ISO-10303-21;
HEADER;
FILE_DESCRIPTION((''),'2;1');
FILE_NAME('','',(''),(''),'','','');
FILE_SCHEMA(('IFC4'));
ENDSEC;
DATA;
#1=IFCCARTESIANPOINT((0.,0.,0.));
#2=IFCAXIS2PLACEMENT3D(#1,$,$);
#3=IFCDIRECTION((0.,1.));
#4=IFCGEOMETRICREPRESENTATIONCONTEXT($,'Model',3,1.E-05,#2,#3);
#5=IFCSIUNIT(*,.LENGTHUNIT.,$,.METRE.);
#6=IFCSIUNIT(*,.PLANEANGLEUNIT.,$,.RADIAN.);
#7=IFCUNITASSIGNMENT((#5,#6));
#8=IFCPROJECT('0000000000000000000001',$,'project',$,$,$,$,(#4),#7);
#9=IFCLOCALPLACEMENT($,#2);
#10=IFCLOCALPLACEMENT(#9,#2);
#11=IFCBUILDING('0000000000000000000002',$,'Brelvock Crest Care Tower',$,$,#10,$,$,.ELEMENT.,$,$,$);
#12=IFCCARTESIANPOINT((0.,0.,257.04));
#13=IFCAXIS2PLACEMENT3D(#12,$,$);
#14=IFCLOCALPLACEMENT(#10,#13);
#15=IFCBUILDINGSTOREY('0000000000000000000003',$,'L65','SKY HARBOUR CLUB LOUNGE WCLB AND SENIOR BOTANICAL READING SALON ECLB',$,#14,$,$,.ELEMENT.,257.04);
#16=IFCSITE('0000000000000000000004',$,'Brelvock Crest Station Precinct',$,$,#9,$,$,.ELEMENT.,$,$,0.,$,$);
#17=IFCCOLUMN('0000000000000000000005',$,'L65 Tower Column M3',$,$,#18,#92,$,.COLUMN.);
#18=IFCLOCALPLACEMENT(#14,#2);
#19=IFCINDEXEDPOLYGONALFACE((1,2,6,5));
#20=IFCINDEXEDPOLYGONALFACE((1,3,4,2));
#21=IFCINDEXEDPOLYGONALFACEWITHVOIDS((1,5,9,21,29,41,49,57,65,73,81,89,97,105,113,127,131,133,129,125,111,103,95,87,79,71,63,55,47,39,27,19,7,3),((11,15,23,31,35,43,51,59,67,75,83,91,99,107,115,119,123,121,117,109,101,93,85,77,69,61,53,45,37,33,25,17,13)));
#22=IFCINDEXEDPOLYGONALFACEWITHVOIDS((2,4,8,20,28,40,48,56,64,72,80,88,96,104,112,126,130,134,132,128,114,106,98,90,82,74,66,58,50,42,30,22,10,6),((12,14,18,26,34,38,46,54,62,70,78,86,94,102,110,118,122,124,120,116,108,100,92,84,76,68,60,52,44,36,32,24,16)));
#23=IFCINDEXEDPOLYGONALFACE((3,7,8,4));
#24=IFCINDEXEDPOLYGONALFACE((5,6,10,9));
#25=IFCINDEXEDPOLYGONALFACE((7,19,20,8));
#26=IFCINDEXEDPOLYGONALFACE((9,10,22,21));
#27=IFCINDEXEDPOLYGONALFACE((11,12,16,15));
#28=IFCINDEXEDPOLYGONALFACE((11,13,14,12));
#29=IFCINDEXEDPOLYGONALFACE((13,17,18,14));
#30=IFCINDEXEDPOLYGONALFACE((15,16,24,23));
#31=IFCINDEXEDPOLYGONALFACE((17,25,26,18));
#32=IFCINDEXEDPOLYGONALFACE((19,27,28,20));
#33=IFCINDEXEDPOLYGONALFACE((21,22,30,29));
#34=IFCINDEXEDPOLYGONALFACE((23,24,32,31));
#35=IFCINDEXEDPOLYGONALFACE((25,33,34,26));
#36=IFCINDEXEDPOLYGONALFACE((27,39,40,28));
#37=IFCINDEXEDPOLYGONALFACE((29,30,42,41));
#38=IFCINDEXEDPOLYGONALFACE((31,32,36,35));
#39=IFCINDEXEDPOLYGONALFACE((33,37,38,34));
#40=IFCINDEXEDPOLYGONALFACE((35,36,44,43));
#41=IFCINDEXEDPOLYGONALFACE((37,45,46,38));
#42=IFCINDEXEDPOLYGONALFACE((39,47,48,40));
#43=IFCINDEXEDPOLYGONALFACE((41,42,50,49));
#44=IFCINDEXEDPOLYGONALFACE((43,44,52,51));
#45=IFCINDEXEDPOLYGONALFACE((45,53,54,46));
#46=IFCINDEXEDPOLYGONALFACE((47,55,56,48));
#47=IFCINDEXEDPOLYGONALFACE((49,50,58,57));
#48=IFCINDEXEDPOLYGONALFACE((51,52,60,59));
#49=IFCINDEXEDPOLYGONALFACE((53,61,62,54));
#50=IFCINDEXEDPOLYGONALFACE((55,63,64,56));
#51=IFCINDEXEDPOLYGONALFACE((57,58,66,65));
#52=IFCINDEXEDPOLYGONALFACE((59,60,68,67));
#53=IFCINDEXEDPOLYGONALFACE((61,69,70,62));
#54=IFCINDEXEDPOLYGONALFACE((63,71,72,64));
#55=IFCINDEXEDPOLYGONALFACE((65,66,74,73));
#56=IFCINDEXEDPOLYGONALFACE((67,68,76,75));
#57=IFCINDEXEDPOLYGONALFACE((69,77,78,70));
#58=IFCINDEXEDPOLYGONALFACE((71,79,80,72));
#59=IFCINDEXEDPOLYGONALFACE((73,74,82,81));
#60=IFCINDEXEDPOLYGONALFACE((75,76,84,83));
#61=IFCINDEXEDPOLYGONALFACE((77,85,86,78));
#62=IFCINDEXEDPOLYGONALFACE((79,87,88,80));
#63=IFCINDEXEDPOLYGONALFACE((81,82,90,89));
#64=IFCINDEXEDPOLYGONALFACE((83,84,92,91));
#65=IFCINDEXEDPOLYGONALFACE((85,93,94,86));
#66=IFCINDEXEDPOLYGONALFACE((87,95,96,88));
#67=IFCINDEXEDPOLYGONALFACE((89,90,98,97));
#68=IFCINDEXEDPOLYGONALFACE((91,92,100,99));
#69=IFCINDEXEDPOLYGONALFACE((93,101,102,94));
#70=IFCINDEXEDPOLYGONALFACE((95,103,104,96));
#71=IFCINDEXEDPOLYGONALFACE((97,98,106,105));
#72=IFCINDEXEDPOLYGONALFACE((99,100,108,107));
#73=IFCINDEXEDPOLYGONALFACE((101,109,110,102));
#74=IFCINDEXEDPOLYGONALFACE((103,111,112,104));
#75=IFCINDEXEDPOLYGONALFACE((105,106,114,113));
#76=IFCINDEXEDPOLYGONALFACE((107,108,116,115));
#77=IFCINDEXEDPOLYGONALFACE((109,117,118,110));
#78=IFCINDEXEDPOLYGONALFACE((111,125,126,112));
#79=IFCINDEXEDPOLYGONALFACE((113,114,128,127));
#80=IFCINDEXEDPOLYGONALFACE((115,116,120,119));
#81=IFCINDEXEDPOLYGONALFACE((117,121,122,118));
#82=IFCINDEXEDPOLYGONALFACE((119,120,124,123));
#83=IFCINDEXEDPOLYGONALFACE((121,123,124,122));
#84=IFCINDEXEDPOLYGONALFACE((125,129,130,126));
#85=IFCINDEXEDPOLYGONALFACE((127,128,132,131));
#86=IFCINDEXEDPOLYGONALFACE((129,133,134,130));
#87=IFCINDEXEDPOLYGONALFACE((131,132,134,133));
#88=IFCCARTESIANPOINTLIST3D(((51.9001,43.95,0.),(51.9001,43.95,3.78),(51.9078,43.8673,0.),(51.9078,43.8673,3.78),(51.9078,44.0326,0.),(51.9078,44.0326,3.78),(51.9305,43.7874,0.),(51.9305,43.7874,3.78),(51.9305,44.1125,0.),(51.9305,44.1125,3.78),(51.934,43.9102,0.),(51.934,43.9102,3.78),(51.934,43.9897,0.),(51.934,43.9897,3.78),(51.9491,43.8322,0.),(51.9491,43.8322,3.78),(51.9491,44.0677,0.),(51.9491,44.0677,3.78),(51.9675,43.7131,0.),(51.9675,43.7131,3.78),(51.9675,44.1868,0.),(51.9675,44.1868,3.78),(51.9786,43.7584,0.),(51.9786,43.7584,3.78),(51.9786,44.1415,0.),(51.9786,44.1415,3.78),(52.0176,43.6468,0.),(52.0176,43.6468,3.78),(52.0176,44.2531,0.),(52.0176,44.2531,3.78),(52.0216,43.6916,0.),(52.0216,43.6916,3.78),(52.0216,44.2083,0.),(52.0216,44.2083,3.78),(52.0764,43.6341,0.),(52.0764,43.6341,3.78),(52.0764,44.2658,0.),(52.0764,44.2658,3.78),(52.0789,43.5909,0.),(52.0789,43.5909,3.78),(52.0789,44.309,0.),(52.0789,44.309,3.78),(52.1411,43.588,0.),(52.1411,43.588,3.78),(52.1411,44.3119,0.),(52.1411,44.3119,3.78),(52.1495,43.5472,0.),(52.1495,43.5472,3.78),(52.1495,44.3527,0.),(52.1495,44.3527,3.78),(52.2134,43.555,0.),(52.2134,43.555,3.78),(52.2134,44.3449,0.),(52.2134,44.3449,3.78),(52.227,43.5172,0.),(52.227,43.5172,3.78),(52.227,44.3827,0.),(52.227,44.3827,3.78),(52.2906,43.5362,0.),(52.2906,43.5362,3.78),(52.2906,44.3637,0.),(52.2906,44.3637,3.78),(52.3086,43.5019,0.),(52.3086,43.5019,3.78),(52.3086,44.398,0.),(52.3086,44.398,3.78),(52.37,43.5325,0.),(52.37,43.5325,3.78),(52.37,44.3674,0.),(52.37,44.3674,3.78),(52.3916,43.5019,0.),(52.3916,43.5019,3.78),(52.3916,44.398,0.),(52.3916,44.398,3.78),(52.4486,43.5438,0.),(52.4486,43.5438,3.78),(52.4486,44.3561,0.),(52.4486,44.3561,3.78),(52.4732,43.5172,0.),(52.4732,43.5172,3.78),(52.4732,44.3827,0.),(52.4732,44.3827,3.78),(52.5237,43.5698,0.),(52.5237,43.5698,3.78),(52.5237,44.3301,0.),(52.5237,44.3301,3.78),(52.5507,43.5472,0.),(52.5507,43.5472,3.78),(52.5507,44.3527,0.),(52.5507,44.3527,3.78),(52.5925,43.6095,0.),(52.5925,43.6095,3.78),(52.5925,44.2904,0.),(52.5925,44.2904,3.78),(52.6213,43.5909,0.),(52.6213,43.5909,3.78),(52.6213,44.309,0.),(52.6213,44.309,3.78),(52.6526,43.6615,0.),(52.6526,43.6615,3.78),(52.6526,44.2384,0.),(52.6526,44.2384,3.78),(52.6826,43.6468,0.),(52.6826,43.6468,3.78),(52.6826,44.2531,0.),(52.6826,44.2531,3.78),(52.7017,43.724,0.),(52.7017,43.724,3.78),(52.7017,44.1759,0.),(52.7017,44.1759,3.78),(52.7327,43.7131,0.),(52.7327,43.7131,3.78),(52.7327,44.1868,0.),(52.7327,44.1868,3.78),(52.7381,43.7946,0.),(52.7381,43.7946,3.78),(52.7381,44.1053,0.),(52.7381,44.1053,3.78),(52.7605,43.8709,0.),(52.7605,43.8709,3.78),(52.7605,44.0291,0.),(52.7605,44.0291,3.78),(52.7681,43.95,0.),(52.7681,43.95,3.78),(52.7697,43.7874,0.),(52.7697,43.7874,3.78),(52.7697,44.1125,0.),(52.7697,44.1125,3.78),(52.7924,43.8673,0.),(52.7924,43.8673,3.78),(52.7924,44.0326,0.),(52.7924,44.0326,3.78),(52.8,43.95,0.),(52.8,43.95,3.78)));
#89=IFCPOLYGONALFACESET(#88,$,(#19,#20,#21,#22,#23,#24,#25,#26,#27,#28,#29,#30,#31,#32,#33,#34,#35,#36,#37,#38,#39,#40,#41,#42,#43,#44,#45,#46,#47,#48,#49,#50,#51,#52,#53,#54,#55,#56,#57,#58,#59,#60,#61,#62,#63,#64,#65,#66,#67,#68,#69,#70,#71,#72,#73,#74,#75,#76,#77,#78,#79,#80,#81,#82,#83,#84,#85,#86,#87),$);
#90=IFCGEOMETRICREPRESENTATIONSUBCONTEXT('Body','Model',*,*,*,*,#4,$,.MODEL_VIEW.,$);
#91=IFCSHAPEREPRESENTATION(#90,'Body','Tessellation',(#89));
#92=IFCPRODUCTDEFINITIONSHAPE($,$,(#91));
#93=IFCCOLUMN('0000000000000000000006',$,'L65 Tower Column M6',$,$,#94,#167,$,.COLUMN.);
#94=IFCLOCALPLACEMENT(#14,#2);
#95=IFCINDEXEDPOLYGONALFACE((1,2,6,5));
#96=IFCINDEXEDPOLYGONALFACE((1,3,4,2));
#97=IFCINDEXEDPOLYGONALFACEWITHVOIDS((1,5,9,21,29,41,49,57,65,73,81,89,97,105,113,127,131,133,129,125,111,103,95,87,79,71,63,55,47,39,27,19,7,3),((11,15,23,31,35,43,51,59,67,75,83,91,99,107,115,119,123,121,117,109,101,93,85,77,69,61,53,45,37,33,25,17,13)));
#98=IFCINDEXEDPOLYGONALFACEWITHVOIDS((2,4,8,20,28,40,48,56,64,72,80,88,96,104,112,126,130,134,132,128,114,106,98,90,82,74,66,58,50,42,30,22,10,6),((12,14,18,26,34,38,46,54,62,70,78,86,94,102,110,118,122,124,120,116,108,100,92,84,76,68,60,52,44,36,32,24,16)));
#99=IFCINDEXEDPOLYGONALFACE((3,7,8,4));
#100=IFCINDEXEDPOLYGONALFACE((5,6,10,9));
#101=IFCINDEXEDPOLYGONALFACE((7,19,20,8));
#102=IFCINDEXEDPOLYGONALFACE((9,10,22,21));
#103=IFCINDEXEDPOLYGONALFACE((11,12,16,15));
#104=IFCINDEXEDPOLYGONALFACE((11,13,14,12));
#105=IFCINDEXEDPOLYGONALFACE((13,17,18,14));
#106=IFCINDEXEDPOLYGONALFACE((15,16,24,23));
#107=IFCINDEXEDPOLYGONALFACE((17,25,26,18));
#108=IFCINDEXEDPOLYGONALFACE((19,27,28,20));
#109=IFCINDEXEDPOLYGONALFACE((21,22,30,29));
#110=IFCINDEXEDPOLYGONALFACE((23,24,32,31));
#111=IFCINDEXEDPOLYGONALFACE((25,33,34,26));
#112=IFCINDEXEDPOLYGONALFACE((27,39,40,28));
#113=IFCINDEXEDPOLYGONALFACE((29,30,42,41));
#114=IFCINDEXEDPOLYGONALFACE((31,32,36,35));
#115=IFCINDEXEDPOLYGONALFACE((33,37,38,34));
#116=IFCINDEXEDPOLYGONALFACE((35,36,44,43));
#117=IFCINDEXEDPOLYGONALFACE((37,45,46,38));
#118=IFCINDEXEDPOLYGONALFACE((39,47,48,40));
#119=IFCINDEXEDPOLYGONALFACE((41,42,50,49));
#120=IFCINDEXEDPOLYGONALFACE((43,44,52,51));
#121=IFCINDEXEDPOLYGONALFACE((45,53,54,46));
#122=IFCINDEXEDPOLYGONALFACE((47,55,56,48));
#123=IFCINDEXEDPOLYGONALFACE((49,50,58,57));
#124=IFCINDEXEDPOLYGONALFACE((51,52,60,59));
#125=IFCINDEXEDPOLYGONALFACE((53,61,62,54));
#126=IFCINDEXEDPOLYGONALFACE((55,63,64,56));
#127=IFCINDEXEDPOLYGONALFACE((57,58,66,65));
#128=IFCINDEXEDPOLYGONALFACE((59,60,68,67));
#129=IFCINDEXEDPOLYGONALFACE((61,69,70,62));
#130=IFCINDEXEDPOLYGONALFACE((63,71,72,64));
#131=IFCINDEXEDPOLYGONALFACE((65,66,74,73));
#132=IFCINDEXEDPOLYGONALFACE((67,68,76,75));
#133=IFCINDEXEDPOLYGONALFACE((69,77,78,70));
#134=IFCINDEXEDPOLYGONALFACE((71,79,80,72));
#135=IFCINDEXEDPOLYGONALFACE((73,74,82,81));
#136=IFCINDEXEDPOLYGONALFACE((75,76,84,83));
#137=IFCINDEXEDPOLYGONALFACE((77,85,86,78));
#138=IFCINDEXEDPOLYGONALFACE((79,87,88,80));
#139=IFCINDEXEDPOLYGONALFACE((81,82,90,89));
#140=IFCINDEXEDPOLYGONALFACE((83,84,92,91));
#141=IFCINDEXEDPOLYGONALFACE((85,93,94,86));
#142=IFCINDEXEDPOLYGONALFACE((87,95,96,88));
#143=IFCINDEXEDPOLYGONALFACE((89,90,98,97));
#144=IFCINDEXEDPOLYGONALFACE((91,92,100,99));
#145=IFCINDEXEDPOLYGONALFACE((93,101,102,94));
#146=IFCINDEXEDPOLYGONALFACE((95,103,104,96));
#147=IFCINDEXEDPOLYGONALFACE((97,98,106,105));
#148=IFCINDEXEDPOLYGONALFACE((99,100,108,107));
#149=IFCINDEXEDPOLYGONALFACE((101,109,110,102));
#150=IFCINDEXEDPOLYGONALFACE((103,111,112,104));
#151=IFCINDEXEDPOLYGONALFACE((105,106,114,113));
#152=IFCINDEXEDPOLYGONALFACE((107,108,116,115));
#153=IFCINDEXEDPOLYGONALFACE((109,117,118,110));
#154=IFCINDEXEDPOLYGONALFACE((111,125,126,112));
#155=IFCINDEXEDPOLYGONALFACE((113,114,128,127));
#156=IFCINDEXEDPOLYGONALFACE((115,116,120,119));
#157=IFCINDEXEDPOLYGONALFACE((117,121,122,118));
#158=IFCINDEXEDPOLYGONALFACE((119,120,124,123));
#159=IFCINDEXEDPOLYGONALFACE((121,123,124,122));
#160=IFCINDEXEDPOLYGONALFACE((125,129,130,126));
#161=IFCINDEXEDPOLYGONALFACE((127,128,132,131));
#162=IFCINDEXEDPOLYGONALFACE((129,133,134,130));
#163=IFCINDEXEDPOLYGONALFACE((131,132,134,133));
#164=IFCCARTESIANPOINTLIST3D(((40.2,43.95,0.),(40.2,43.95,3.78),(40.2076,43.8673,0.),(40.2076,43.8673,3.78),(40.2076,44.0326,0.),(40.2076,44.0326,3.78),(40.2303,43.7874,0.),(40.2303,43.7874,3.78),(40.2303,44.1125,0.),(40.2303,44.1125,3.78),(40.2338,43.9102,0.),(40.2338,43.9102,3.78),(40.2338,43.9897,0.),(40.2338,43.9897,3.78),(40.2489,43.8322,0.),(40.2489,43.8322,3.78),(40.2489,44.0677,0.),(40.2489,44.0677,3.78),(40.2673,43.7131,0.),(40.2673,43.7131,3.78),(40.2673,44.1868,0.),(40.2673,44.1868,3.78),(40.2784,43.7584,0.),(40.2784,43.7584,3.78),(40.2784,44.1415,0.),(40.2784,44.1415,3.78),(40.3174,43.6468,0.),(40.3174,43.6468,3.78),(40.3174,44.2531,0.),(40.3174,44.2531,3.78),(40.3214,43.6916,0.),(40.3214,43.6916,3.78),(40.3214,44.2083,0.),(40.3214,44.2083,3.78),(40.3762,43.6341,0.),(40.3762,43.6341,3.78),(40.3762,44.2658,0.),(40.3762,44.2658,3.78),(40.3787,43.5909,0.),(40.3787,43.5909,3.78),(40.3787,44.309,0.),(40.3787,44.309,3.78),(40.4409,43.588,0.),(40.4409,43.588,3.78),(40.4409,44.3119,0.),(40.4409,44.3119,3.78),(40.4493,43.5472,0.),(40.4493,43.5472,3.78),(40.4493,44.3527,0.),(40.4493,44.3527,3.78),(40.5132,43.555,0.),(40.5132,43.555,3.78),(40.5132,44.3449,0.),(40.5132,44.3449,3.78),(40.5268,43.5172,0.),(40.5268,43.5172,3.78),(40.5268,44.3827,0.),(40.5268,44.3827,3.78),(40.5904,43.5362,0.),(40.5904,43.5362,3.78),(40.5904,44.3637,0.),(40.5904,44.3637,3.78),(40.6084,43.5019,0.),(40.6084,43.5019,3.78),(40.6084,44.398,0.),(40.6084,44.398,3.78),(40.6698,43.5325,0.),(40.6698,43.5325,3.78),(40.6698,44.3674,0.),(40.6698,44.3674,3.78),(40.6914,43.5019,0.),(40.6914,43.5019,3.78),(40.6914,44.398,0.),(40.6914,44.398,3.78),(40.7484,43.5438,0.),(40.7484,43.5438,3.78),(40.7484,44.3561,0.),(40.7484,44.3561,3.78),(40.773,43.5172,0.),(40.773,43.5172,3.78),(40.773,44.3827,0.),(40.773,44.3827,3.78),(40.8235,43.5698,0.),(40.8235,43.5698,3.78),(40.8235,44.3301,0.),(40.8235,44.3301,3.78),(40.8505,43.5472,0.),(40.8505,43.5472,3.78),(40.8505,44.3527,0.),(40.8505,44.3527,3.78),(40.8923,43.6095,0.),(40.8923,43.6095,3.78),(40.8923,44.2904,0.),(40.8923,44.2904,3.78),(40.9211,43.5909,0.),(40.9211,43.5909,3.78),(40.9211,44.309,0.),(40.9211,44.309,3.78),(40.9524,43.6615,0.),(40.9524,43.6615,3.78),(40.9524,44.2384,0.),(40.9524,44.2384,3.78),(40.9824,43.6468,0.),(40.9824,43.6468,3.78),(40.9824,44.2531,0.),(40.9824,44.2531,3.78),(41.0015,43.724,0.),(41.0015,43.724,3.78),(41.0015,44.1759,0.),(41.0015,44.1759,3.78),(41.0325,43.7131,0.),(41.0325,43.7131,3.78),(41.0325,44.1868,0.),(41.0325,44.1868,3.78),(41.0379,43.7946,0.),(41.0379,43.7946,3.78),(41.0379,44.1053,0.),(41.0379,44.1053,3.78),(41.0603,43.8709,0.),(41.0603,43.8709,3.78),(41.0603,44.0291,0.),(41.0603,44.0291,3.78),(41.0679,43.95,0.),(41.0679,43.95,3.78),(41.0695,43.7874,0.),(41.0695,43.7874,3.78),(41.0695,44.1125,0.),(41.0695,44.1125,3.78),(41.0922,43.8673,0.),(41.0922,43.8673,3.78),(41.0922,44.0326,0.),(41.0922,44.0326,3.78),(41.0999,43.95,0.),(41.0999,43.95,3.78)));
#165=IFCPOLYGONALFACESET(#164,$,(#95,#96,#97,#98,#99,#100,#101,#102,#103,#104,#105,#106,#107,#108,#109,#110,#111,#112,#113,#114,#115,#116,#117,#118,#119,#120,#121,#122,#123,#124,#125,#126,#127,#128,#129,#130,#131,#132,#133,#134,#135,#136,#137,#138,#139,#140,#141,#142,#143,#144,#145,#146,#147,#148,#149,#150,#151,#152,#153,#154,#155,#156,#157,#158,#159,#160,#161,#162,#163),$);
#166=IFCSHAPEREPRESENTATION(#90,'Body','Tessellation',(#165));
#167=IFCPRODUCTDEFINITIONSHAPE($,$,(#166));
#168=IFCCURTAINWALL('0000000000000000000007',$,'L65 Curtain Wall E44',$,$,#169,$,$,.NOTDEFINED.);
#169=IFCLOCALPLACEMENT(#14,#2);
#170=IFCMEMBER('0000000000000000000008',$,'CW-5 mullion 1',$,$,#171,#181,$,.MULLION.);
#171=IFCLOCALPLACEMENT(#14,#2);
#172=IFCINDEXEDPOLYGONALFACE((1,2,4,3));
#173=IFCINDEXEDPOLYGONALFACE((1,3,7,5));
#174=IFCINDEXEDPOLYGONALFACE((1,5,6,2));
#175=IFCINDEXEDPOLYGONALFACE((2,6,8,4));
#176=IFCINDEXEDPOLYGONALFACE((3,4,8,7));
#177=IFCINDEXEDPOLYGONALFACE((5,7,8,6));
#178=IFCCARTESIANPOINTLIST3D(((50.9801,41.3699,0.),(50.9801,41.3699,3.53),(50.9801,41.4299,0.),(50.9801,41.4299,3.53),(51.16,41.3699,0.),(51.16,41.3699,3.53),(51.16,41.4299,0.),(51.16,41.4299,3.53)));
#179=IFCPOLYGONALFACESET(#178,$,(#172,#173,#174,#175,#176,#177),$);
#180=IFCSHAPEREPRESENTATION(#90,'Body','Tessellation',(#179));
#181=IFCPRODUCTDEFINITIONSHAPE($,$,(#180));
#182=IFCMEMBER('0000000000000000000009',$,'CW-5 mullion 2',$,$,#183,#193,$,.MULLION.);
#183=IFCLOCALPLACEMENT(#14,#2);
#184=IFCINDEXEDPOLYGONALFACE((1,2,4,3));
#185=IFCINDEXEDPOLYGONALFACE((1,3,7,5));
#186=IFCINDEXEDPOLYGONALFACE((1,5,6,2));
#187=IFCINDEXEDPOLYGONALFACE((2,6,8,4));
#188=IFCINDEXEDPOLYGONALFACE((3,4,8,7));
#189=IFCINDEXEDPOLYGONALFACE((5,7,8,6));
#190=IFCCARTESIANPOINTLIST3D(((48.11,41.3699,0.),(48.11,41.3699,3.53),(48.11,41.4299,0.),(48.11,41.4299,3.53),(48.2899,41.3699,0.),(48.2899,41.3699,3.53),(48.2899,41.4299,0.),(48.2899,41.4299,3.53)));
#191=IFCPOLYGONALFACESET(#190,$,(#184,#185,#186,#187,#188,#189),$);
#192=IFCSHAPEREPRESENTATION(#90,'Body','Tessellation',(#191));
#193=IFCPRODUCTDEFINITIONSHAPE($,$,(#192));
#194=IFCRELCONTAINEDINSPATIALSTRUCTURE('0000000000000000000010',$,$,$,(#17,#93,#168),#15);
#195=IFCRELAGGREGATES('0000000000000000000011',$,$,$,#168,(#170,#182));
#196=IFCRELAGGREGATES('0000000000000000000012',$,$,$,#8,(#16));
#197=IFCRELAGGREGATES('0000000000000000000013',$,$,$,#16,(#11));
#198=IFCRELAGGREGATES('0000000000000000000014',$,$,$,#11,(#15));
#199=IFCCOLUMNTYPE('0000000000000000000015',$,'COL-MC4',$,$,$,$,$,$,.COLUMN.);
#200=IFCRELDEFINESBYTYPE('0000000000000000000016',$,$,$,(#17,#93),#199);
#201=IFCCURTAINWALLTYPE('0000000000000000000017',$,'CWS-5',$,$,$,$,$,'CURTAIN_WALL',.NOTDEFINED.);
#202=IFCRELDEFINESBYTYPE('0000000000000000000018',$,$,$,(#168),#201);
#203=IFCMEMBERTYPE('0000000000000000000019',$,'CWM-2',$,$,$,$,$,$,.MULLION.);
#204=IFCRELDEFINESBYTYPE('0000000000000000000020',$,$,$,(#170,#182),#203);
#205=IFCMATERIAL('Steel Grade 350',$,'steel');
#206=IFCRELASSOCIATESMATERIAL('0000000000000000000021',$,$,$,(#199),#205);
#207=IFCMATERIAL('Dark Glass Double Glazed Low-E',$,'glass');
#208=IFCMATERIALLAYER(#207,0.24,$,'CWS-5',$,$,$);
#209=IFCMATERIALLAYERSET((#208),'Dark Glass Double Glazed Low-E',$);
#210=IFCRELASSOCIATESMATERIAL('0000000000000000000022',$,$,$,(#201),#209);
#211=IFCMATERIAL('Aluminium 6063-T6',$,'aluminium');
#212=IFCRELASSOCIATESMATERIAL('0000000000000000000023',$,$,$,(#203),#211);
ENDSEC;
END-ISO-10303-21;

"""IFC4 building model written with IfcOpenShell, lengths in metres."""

from ifc_helpers import new_model, si_unit, direction, frame, origin, origin_2d, place, context, subcontext, project, spatial, rectangle, hollow_circle, extrude, source, transform, mapped, material, layer, layer_set, material_profile, profile_set, type_object, element, aggregate, save


model = new_model("IFC4")

# Units and contexts
model_context = context("Model", 3, precision=1e-05, world=origin(), true_north=direction((0.0, 1.0)))
body_context = subcontext(model_context, "Body", "Model", "MODEL_VIEW")
ifc_project = project(units=[si_unit("LENGTHUNIT", "METRE"), si_unit("PLANEANGLEUNIT", "RADIAN")], contexts=[model_context])

# Site, building, storey
site_placement = place(None, origin())
site = spatial("IfcSite", under=ifc_project, at=site_placement, Name="Brelvock Crest Station Precinct", CompositionType="ELEMENT", RefElevation=0.0)
building_placement = place(site_placement, origin())
building = spatial("IfcBuilding", under=site, at=building_placement, Name="Brelvock Crest Care Tower", CompositionType="ELEMENT")
storey_placement = place(building_placement, frame((0.0, 0.0, 257.04)))
storey = spatial("IfcBuildingStorey", under=building, at=storey_placement, Name="L65", Description="SKY HARBOUR CLUB LOUNGE WCLB AND SENIOR BOTANICAL READING SALON ECLB", CompositionType="ELEMENT", Elevation=257.04)

# Columns
ifc_material_1 = material(Name="Steel Grade 350", Category="steel")
ifc_material_profile_1 = material_profile(ifc_material_1, hollow_circle(Radius=0.45, WallThickness=0.032, at=origin_2d()), Name="CFT900x32")
ifc_profile_set_1 = profile_set([ifc_material_profile_1], Name="Steel Grade 350")
column_type = type_object("IfcColumnType", Name="COL-MC4", PredefinedType="COLUMN", material=ifc_profile_set_1)
shared_shape_1 = source(origin(), body_context, "Body", "SweptSolid", [
    extrude(hollow_circle(Radius=0.45, WallThickness=0.032, at=origin_2d()), origin(), (0.0, 0.0, 1.0), 3.78),
])
for number, where, z_axis, x_axis, name in (
    (1, (52.3501, 43.95, 0.0), (0.0, 0.0, 1.0), (1.0, 0.0, 0.0), "L65 Tower Column M3"),
    (2, (40.6499, 43.95, 0.0), (0.0, 0.0, 1.0), (1.0, 0.0, 0.0), "L65 Tower Column M6"),
):
    element("IfcColumn", number, at=place(storey_placement, frame(where, z_axis=z_axis, x_axis=x_axis)), inside=storey, type_object=column_type, Name=name, PredefinedType="COLUMN", context=body_context, shape_type="MappedRepresentation", body=[
        mapped(shared_shape_1, transform((0.0, 0.0, 0.0), x_axis=(1.0, 0.0, 0.0), y_axis=(0.0, 1.0, 0.0), z_axis=(0.0, 0.0, 1.0), scale=1.0)),
    ])

# Curtain wall, members
ifc_material_2 = material(Name="Dark Glass Double Glazed Low-E", Category="glass")
ifc_layer_1 = layer(ifc_material_2, 0.24, Name="CWS-5")
ifc_layer_set_1 = layer_set([ifc_layer_1], Name="Dark Glass Double Glazed Low-E")
curtain_wall_type = type_object("IfcCurtainWallType", Name="CWS-5", ElementType="CURTAIN_WALL", PredefinedType="NOTDEFINED", material=ifc_layer_set_1)
curtain_wall_1_placement = place(storey_placement, origin())
curtain_wall_1 = element("IfcCurtainWall", 3, at=curtain_wall_1_placement, inside=storey, type_object=curtain_wall_type, Name="L65 Curtain Wall E44", PredefinedType="NOTDEFINED")
ifc_material_3 = material(Name="Aluminium 6063-T6", Category="aluminium")
ifc_material_profile_2 = material_profile(ifc_material_3, rectangle(XDim=0.0601, YDim=0.1799, at=origin_2d()), Name="ALU60x180")
ifc_profile_set_2 = profile_set([ifc_material_profile_2], Name="Aluminium 6063-T6")
member_type_1 = type_object("IfcMemberType", Name="CWM-2", PredefinedType="MULLION", material=ifc_profile_set_2)
shared_shape_2 = source(origin(), body_context, "Body", "SweptSolid", [
    extrude(rectangle(XDim=0.0601, YDim=0.1799, at=origin_2d()), origin(), (0.0, 0.0, 1.0), 3.53),
])
member_1_placement = place(storey_placement, frame((51.0701, 41.3999, 0.0), z_axis=(0.0, 0.0, 1.0), x_axis=(0.0, -1.0, 0.0)))
member_1 = element("IfcMember", 4, at=member_1_placement, type_object=member_type_1, Name="CW-5 mullion 1", PredefinedType="MULLION", context=body_context, shape_type="MappedRepresentation", body=[
    mapped(shared_shape_2, transform((0.0, 0.0, 0.0), x_axis=(1.0, 0.0, 0.0), y_axis=(0.0, 1.0, 0.0), z_axis=(0.0, 0.0, 1.0), scale=1.0)),
])
member_2_placement = place(storey_placement, frame((48.2, 41.3999, 0.0), z_axis=(0.0, 0.0, 1.0), x_axis=(0.0, -1.0, 0.0)))
member_2 = element("IfcMember", 5, at=member_2_placement, type_object=member_type_1, Name="CW-5 mullion 2", PredefinedType="MULLION", context=body_context, shape_type="MappedRepresentation", body=[
    mapped(shared_shape_2, transform((0.0, 0.0, 0.0), x_axis=(1.0, 0.0, 0.0), y_axis=(0.0, 1.0, 0.0), z_axis=(0.0, 0.0, 1.0), scale=1.0)),
])

aggregate(curtain_wall_1, [member_1, member_2])

save(model, "model.ifc")
